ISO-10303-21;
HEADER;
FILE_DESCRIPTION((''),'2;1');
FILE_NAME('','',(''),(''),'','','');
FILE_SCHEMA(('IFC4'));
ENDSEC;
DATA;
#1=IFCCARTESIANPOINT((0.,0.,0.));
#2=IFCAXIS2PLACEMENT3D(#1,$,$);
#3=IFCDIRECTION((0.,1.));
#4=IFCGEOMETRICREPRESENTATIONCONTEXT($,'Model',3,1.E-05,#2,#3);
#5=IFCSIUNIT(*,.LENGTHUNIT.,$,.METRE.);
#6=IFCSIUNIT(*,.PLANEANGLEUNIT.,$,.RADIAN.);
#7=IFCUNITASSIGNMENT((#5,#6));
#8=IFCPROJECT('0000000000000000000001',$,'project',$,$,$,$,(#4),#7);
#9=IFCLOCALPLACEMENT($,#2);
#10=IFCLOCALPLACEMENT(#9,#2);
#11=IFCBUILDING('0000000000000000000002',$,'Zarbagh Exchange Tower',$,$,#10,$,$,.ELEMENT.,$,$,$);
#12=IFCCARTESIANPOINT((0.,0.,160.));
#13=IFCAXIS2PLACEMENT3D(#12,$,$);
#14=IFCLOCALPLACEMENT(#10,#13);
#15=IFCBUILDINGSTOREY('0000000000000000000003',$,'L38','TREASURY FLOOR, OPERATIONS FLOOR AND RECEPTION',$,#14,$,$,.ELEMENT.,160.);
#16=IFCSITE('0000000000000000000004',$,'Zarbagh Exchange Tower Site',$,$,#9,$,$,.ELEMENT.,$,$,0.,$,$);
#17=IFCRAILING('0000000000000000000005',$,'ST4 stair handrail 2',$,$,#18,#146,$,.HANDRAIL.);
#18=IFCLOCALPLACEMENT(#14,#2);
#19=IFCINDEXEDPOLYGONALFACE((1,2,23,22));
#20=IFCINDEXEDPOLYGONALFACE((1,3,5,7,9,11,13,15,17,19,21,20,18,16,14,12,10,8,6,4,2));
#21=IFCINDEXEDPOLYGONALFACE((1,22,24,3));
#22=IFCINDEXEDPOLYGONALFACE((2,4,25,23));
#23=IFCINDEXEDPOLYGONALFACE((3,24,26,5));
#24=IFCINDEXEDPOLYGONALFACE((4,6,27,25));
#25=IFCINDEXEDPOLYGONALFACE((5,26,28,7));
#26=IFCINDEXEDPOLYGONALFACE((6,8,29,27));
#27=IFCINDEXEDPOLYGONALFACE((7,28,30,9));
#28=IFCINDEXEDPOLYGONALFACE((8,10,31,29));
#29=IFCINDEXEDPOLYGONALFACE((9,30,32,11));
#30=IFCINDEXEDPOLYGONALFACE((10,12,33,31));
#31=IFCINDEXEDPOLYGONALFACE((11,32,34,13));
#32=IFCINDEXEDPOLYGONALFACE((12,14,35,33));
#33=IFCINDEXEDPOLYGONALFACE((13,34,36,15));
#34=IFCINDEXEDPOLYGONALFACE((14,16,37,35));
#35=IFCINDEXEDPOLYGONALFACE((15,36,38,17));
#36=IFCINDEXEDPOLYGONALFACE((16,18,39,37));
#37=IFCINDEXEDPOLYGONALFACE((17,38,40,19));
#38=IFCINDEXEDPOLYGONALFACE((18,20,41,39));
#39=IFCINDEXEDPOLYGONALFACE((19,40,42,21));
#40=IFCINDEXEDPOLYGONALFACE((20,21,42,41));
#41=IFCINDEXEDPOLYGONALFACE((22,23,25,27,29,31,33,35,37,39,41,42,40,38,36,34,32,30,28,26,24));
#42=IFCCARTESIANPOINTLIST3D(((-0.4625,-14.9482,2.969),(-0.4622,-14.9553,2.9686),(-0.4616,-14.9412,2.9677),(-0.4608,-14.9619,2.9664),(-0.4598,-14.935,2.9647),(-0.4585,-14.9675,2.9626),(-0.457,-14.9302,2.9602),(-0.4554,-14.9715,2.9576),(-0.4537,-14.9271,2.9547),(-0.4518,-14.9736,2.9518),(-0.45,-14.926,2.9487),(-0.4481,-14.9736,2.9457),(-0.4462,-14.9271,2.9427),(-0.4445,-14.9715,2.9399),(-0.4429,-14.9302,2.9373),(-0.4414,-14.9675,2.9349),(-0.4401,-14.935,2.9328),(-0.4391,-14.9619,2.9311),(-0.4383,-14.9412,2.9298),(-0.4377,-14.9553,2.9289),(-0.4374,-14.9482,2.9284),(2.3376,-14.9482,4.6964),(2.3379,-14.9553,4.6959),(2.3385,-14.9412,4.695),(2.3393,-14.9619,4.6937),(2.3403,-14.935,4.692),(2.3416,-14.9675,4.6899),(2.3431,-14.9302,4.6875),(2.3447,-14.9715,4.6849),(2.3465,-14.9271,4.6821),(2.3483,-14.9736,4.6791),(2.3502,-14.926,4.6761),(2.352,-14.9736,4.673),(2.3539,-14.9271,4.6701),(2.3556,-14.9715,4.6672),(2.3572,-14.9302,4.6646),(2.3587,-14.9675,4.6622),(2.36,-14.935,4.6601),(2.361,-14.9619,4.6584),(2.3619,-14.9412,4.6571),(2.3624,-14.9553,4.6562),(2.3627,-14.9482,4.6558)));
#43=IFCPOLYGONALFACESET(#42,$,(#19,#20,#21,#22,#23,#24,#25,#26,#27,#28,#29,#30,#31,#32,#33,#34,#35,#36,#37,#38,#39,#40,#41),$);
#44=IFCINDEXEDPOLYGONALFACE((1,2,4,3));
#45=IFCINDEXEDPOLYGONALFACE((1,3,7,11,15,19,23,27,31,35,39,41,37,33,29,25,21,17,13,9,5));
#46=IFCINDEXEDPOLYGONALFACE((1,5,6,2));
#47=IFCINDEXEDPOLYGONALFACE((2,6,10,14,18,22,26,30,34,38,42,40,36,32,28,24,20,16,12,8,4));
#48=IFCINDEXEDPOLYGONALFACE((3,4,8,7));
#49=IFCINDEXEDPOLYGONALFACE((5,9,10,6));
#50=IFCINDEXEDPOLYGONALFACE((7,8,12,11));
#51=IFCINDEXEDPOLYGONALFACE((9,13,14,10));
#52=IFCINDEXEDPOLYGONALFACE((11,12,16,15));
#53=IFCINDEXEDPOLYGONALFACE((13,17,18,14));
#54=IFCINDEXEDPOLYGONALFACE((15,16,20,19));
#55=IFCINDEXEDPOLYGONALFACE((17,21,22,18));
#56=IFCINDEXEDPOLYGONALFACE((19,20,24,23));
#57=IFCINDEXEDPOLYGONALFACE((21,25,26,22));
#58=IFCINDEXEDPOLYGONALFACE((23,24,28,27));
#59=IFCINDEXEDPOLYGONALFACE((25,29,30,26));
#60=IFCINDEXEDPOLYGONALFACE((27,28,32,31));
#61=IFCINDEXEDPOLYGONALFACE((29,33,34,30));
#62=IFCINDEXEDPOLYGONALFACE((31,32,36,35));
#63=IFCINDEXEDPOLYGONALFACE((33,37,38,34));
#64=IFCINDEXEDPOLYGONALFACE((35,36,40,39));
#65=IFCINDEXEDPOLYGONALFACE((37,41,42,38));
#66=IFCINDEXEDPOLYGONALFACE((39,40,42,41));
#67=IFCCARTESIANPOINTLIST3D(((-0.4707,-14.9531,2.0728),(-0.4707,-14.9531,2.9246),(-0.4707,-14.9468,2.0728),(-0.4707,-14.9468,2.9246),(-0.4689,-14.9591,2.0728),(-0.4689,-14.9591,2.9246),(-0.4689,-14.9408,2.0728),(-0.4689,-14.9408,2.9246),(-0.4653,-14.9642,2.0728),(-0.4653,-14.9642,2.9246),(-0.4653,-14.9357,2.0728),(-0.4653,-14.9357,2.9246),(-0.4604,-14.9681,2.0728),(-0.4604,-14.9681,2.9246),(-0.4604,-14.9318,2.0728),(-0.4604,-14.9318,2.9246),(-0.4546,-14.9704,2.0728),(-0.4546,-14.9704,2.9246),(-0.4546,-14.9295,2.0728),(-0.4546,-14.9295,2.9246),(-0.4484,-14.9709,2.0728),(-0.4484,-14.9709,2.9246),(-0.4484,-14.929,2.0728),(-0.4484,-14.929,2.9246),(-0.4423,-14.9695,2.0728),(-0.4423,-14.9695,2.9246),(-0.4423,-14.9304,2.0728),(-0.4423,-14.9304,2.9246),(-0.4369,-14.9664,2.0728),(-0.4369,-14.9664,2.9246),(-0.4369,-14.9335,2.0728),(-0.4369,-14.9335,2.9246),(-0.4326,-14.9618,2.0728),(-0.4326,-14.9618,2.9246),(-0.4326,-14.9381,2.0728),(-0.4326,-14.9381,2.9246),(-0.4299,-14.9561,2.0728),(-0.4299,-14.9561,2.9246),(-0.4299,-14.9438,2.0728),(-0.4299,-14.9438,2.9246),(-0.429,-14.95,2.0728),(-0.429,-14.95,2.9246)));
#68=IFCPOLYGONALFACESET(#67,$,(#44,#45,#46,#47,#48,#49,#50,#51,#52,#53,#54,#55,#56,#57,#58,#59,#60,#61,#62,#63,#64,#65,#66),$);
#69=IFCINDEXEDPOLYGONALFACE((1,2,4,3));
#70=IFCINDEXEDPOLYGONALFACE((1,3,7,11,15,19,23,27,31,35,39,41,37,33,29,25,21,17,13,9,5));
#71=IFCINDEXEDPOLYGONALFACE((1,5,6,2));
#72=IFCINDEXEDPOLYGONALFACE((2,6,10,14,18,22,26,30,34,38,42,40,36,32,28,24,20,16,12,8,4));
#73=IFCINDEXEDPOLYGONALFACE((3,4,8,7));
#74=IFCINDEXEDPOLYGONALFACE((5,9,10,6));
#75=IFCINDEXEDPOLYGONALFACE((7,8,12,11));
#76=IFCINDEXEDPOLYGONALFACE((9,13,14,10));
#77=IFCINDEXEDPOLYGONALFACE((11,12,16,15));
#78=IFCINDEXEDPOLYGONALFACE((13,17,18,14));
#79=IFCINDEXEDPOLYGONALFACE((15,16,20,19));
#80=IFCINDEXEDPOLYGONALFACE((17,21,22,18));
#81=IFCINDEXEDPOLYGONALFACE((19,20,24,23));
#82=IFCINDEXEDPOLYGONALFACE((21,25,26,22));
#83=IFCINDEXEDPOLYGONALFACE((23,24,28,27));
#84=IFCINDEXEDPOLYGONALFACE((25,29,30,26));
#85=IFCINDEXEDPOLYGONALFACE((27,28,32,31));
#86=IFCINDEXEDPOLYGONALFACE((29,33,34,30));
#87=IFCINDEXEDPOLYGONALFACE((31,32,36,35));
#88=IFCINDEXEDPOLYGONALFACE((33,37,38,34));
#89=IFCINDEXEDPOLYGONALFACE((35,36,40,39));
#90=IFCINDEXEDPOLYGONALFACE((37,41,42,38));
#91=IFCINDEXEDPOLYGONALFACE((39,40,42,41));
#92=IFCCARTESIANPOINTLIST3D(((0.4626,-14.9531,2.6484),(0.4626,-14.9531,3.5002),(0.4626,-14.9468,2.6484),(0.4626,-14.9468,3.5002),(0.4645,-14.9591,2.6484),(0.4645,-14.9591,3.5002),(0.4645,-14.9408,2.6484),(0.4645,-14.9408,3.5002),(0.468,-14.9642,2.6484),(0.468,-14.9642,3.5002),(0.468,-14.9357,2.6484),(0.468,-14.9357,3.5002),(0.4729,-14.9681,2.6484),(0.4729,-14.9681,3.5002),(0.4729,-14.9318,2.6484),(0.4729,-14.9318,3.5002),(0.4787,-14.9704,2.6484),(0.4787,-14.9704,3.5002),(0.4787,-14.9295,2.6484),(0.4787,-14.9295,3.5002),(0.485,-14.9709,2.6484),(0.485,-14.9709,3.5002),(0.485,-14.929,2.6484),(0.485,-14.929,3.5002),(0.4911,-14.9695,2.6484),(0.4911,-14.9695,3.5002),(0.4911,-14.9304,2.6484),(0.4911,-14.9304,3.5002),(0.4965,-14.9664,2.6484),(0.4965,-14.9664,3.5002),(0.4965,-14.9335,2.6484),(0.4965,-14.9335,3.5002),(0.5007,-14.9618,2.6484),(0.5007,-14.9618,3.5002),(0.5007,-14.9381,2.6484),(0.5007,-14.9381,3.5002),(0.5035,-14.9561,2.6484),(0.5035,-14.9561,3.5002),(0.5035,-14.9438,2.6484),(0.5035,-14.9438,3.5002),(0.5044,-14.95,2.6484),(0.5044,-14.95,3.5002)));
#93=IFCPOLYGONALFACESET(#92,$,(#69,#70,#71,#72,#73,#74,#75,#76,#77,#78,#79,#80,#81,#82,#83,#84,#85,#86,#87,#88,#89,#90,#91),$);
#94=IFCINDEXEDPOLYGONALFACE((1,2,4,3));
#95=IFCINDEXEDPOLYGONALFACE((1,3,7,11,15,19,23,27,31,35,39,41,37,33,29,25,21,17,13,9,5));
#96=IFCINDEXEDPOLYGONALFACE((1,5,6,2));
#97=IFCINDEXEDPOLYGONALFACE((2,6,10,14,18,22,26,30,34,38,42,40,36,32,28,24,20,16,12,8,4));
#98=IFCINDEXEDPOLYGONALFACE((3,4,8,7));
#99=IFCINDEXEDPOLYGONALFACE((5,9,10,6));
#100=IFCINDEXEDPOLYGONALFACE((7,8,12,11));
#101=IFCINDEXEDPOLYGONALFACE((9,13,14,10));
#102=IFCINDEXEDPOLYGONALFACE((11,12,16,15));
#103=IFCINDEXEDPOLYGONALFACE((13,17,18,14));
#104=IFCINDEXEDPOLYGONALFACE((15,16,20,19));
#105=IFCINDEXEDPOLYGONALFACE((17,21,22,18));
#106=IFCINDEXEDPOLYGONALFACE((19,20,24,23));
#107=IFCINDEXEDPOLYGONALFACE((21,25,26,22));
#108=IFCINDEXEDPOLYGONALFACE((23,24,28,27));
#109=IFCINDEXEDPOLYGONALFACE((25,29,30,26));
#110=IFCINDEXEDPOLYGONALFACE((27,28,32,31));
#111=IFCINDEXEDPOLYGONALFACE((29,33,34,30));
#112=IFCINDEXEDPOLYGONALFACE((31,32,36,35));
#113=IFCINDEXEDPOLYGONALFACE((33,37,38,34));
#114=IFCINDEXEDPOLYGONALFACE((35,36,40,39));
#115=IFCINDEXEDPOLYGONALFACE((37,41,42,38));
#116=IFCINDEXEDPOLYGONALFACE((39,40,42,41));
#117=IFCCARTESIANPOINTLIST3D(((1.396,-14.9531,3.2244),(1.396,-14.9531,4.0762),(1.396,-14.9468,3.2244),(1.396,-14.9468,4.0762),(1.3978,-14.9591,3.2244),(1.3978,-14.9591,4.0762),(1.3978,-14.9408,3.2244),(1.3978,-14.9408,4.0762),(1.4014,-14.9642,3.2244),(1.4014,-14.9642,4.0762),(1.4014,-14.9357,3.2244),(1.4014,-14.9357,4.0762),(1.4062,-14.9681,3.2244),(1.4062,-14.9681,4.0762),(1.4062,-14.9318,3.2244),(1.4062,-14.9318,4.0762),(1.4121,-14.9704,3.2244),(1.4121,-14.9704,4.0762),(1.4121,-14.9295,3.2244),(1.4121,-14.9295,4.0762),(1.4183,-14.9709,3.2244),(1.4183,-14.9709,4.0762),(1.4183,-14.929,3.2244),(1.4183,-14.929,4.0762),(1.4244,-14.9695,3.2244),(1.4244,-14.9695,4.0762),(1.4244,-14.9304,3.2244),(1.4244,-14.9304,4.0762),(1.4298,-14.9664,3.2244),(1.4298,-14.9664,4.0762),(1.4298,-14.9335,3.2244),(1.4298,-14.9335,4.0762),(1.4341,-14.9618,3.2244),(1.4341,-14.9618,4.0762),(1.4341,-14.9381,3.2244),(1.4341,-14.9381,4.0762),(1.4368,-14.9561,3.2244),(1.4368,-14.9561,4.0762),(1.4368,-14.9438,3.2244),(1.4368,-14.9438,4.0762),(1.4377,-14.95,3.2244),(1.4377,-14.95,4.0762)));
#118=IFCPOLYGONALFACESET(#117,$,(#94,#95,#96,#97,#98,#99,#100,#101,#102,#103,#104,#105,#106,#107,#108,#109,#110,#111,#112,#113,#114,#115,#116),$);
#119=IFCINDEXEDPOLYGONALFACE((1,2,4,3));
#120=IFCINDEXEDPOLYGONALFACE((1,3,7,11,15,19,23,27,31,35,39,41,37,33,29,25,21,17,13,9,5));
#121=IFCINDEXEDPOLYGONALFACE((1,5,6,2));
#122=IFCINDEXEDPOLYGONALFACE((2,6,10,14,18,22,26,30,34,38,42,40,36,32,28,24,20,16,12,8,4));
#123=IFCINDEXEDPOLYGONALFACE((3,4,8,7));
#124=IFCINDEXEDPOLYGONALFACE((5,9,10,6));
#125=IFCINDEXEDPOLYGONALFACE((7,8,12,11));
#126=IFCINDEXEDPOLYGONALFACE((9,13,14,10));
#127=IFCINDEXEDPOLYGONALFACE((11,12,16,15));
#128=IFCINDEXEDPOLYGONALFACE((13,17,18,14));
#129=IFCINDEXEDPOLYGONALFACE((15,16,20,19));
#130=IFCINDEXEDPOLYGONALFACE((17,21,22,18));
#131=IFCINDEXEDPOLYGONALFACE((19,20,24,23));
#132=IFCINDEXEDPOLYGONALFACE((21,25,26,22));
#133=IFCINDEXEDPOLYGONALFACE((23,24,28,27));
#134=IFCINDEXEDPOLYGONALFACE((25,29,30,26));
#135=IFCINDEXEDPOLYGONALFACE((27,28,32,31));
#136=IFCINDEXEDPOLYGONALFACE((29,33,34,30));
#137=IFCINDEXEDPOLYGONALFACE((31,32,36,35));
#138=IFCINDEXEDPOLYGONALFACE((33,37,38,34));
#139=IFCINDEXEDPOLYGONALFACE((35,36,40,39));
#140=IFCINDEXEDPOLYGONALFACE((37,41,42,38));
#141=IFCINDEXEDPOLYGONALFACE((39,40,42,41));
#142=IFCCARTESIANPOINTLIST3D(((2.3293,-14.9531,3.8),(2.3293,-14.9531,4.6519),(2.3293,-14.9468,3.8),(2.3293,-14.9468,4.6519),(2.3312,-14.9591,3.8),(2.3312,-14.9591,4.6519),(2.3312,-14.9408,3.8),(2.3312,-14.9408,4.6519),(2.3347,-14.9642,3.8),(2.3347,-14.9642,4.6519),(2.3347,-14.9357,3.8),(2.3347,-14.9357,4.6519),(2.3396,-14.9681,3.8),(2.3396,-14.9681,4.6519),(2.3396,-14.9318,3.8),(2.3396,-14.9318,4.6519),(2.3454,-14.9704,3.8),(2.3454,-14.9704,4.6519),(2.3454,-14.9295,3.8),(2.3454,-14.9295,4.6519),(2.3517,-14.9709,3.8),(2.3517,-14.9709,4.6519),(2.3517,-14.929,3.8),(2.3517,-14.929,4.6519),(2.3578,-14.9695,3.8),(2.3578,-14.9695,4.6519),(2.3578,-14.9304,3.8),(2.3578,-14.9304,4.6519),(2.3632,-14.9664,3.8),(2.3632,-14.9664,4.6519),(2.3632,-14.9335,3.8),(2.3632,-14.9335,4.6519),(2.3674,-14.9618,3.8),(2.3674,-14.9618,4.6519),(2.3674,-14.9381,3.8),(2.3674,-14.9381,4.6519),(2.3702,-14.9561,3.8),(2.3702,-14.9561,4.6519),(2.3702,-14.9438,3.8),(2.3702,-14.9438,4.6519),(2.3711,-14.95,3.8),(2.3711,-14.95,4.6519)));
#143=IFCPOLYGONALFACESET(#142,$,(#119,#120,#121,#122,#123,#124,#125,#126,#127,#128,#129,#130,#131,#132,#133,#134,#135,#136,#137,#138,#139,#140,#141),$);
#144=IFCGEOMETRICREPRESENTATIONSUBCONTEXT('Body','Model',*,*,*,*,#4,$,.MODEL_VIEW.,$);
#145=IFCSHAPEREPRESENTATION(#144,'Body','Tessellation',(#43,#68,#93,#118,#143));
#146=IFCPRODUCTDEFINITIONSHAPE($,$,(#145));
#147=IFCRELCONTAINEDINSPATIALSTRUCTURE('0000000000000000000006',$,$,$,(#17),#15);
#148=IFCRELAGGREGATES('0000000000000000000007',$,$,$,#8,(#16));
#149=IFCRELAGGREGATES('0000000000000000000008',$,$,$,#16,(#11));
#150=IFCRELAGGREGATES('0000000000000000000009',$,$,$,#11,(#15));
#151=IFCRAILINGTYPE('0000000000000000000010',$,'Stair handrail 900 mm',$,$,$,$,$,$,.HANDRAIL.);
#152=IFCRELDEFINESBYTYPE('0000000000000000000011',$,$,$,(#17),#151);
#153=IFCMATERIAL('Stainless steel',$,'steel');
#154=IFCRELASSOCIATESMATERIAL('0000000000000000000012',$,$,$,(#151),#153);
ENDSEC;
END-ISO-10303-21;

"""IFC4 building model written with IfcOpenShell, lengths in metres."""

from ifc_helpers import new_model, si_unit, direction, frame, origin, origin_2d, place, context, subcontext, project, spatial, circle, extrude, material, type_object, element, save


model = new_model("IFC4")

# Units and contexts
model_context = context("Model", 3, precision=1e-05, world=origin(), true_north=direction((0.0, 1.0)))
body_context = subcontext(model_context, "Body", "Model", "MODEL_VIEW")
ifc_project = project(units=[si_unit("LENGTHUNIT", "METRE"), si_unit("PLANEANGLEUNIT", "RADIAN")], contexts=[model_context])

# Site, building, storey
site_placement = place(None, origin())
site = spatial("IfcSite", under=ifc_project, at=site_placement, Name="Zarbagh Exchange Tower Site", CompositionType="ELEMENT", RefElevation=0.0)
building_placement = place(site_placement, origin())
building = spatial("IfcBuilding", under=site, at=building_placement, Name="Zarbagh Exchange Tower", CompositionType="ELEMENT")
storey_placement = place(building_placement, frame((0.0, 0.0, 160.0)))
storey = spatial("IfcBuildingStorey", under=building, at=storey_placement, Name="L38", Description="TREASURY FLOOR, OPERATIONS FLOOR AND RECEPTION", CompositionType="ELEMENT", Elevation=160.0)

# Shared definitions
ifc_material_1 = material(Name="Stainless steel", Category="steel")

# Railing
railing_type_1 = type_object("IfcRailingType", Name="Stair handrail 900 mm", PredefinedType="HANDRAIL", material=ifc_material_1)
for number, where, name in (
    (1, (-0.45, -14.95, 2.0728), "ST4 stair handrail 2"),
):
    element("IfcRailing", number, at=place(storey_placement, frame(where)), inside=storey, type_object=railing_type_1, Name=name, PredefinedType="HANDRAIL", context=body_context, shape_type="SweptSolid", body=[
        extrude(circle(Radius=0.0239, at=origin_2d()), frame((0.0, 0.0, 0.876), z_axis=(0.85109, 0.0, 0.52502), x_axis=(0.0, 1.0, 0.0)), (0.0, 0.0, 1.0), 3.29),
        extrude(circle(Radius=0.021, at=origin_2d()), origin(), (0.0, 0.0, 1.0), 0.8518),
        extrude(circle(Radius=0.021, at=origin_2d()), frame((0.9333, 0.0, 0.5757)), (0.0, 0.0, 1.0), 0.8518),
        extrude(circle(Radius=0.021, at=origin_2d()), frame((1.8667, 0.0, 1.1516)), (0.0, 0.0, 1.0), 0.8518),
        extrude(circle(Radius=0.021, at=origin_2d()), frame((2.8, 0.0, 1.7273)), (0.0, 0.0, 1.0), 0.8518),
    ])

save(model, "model.ifc")
